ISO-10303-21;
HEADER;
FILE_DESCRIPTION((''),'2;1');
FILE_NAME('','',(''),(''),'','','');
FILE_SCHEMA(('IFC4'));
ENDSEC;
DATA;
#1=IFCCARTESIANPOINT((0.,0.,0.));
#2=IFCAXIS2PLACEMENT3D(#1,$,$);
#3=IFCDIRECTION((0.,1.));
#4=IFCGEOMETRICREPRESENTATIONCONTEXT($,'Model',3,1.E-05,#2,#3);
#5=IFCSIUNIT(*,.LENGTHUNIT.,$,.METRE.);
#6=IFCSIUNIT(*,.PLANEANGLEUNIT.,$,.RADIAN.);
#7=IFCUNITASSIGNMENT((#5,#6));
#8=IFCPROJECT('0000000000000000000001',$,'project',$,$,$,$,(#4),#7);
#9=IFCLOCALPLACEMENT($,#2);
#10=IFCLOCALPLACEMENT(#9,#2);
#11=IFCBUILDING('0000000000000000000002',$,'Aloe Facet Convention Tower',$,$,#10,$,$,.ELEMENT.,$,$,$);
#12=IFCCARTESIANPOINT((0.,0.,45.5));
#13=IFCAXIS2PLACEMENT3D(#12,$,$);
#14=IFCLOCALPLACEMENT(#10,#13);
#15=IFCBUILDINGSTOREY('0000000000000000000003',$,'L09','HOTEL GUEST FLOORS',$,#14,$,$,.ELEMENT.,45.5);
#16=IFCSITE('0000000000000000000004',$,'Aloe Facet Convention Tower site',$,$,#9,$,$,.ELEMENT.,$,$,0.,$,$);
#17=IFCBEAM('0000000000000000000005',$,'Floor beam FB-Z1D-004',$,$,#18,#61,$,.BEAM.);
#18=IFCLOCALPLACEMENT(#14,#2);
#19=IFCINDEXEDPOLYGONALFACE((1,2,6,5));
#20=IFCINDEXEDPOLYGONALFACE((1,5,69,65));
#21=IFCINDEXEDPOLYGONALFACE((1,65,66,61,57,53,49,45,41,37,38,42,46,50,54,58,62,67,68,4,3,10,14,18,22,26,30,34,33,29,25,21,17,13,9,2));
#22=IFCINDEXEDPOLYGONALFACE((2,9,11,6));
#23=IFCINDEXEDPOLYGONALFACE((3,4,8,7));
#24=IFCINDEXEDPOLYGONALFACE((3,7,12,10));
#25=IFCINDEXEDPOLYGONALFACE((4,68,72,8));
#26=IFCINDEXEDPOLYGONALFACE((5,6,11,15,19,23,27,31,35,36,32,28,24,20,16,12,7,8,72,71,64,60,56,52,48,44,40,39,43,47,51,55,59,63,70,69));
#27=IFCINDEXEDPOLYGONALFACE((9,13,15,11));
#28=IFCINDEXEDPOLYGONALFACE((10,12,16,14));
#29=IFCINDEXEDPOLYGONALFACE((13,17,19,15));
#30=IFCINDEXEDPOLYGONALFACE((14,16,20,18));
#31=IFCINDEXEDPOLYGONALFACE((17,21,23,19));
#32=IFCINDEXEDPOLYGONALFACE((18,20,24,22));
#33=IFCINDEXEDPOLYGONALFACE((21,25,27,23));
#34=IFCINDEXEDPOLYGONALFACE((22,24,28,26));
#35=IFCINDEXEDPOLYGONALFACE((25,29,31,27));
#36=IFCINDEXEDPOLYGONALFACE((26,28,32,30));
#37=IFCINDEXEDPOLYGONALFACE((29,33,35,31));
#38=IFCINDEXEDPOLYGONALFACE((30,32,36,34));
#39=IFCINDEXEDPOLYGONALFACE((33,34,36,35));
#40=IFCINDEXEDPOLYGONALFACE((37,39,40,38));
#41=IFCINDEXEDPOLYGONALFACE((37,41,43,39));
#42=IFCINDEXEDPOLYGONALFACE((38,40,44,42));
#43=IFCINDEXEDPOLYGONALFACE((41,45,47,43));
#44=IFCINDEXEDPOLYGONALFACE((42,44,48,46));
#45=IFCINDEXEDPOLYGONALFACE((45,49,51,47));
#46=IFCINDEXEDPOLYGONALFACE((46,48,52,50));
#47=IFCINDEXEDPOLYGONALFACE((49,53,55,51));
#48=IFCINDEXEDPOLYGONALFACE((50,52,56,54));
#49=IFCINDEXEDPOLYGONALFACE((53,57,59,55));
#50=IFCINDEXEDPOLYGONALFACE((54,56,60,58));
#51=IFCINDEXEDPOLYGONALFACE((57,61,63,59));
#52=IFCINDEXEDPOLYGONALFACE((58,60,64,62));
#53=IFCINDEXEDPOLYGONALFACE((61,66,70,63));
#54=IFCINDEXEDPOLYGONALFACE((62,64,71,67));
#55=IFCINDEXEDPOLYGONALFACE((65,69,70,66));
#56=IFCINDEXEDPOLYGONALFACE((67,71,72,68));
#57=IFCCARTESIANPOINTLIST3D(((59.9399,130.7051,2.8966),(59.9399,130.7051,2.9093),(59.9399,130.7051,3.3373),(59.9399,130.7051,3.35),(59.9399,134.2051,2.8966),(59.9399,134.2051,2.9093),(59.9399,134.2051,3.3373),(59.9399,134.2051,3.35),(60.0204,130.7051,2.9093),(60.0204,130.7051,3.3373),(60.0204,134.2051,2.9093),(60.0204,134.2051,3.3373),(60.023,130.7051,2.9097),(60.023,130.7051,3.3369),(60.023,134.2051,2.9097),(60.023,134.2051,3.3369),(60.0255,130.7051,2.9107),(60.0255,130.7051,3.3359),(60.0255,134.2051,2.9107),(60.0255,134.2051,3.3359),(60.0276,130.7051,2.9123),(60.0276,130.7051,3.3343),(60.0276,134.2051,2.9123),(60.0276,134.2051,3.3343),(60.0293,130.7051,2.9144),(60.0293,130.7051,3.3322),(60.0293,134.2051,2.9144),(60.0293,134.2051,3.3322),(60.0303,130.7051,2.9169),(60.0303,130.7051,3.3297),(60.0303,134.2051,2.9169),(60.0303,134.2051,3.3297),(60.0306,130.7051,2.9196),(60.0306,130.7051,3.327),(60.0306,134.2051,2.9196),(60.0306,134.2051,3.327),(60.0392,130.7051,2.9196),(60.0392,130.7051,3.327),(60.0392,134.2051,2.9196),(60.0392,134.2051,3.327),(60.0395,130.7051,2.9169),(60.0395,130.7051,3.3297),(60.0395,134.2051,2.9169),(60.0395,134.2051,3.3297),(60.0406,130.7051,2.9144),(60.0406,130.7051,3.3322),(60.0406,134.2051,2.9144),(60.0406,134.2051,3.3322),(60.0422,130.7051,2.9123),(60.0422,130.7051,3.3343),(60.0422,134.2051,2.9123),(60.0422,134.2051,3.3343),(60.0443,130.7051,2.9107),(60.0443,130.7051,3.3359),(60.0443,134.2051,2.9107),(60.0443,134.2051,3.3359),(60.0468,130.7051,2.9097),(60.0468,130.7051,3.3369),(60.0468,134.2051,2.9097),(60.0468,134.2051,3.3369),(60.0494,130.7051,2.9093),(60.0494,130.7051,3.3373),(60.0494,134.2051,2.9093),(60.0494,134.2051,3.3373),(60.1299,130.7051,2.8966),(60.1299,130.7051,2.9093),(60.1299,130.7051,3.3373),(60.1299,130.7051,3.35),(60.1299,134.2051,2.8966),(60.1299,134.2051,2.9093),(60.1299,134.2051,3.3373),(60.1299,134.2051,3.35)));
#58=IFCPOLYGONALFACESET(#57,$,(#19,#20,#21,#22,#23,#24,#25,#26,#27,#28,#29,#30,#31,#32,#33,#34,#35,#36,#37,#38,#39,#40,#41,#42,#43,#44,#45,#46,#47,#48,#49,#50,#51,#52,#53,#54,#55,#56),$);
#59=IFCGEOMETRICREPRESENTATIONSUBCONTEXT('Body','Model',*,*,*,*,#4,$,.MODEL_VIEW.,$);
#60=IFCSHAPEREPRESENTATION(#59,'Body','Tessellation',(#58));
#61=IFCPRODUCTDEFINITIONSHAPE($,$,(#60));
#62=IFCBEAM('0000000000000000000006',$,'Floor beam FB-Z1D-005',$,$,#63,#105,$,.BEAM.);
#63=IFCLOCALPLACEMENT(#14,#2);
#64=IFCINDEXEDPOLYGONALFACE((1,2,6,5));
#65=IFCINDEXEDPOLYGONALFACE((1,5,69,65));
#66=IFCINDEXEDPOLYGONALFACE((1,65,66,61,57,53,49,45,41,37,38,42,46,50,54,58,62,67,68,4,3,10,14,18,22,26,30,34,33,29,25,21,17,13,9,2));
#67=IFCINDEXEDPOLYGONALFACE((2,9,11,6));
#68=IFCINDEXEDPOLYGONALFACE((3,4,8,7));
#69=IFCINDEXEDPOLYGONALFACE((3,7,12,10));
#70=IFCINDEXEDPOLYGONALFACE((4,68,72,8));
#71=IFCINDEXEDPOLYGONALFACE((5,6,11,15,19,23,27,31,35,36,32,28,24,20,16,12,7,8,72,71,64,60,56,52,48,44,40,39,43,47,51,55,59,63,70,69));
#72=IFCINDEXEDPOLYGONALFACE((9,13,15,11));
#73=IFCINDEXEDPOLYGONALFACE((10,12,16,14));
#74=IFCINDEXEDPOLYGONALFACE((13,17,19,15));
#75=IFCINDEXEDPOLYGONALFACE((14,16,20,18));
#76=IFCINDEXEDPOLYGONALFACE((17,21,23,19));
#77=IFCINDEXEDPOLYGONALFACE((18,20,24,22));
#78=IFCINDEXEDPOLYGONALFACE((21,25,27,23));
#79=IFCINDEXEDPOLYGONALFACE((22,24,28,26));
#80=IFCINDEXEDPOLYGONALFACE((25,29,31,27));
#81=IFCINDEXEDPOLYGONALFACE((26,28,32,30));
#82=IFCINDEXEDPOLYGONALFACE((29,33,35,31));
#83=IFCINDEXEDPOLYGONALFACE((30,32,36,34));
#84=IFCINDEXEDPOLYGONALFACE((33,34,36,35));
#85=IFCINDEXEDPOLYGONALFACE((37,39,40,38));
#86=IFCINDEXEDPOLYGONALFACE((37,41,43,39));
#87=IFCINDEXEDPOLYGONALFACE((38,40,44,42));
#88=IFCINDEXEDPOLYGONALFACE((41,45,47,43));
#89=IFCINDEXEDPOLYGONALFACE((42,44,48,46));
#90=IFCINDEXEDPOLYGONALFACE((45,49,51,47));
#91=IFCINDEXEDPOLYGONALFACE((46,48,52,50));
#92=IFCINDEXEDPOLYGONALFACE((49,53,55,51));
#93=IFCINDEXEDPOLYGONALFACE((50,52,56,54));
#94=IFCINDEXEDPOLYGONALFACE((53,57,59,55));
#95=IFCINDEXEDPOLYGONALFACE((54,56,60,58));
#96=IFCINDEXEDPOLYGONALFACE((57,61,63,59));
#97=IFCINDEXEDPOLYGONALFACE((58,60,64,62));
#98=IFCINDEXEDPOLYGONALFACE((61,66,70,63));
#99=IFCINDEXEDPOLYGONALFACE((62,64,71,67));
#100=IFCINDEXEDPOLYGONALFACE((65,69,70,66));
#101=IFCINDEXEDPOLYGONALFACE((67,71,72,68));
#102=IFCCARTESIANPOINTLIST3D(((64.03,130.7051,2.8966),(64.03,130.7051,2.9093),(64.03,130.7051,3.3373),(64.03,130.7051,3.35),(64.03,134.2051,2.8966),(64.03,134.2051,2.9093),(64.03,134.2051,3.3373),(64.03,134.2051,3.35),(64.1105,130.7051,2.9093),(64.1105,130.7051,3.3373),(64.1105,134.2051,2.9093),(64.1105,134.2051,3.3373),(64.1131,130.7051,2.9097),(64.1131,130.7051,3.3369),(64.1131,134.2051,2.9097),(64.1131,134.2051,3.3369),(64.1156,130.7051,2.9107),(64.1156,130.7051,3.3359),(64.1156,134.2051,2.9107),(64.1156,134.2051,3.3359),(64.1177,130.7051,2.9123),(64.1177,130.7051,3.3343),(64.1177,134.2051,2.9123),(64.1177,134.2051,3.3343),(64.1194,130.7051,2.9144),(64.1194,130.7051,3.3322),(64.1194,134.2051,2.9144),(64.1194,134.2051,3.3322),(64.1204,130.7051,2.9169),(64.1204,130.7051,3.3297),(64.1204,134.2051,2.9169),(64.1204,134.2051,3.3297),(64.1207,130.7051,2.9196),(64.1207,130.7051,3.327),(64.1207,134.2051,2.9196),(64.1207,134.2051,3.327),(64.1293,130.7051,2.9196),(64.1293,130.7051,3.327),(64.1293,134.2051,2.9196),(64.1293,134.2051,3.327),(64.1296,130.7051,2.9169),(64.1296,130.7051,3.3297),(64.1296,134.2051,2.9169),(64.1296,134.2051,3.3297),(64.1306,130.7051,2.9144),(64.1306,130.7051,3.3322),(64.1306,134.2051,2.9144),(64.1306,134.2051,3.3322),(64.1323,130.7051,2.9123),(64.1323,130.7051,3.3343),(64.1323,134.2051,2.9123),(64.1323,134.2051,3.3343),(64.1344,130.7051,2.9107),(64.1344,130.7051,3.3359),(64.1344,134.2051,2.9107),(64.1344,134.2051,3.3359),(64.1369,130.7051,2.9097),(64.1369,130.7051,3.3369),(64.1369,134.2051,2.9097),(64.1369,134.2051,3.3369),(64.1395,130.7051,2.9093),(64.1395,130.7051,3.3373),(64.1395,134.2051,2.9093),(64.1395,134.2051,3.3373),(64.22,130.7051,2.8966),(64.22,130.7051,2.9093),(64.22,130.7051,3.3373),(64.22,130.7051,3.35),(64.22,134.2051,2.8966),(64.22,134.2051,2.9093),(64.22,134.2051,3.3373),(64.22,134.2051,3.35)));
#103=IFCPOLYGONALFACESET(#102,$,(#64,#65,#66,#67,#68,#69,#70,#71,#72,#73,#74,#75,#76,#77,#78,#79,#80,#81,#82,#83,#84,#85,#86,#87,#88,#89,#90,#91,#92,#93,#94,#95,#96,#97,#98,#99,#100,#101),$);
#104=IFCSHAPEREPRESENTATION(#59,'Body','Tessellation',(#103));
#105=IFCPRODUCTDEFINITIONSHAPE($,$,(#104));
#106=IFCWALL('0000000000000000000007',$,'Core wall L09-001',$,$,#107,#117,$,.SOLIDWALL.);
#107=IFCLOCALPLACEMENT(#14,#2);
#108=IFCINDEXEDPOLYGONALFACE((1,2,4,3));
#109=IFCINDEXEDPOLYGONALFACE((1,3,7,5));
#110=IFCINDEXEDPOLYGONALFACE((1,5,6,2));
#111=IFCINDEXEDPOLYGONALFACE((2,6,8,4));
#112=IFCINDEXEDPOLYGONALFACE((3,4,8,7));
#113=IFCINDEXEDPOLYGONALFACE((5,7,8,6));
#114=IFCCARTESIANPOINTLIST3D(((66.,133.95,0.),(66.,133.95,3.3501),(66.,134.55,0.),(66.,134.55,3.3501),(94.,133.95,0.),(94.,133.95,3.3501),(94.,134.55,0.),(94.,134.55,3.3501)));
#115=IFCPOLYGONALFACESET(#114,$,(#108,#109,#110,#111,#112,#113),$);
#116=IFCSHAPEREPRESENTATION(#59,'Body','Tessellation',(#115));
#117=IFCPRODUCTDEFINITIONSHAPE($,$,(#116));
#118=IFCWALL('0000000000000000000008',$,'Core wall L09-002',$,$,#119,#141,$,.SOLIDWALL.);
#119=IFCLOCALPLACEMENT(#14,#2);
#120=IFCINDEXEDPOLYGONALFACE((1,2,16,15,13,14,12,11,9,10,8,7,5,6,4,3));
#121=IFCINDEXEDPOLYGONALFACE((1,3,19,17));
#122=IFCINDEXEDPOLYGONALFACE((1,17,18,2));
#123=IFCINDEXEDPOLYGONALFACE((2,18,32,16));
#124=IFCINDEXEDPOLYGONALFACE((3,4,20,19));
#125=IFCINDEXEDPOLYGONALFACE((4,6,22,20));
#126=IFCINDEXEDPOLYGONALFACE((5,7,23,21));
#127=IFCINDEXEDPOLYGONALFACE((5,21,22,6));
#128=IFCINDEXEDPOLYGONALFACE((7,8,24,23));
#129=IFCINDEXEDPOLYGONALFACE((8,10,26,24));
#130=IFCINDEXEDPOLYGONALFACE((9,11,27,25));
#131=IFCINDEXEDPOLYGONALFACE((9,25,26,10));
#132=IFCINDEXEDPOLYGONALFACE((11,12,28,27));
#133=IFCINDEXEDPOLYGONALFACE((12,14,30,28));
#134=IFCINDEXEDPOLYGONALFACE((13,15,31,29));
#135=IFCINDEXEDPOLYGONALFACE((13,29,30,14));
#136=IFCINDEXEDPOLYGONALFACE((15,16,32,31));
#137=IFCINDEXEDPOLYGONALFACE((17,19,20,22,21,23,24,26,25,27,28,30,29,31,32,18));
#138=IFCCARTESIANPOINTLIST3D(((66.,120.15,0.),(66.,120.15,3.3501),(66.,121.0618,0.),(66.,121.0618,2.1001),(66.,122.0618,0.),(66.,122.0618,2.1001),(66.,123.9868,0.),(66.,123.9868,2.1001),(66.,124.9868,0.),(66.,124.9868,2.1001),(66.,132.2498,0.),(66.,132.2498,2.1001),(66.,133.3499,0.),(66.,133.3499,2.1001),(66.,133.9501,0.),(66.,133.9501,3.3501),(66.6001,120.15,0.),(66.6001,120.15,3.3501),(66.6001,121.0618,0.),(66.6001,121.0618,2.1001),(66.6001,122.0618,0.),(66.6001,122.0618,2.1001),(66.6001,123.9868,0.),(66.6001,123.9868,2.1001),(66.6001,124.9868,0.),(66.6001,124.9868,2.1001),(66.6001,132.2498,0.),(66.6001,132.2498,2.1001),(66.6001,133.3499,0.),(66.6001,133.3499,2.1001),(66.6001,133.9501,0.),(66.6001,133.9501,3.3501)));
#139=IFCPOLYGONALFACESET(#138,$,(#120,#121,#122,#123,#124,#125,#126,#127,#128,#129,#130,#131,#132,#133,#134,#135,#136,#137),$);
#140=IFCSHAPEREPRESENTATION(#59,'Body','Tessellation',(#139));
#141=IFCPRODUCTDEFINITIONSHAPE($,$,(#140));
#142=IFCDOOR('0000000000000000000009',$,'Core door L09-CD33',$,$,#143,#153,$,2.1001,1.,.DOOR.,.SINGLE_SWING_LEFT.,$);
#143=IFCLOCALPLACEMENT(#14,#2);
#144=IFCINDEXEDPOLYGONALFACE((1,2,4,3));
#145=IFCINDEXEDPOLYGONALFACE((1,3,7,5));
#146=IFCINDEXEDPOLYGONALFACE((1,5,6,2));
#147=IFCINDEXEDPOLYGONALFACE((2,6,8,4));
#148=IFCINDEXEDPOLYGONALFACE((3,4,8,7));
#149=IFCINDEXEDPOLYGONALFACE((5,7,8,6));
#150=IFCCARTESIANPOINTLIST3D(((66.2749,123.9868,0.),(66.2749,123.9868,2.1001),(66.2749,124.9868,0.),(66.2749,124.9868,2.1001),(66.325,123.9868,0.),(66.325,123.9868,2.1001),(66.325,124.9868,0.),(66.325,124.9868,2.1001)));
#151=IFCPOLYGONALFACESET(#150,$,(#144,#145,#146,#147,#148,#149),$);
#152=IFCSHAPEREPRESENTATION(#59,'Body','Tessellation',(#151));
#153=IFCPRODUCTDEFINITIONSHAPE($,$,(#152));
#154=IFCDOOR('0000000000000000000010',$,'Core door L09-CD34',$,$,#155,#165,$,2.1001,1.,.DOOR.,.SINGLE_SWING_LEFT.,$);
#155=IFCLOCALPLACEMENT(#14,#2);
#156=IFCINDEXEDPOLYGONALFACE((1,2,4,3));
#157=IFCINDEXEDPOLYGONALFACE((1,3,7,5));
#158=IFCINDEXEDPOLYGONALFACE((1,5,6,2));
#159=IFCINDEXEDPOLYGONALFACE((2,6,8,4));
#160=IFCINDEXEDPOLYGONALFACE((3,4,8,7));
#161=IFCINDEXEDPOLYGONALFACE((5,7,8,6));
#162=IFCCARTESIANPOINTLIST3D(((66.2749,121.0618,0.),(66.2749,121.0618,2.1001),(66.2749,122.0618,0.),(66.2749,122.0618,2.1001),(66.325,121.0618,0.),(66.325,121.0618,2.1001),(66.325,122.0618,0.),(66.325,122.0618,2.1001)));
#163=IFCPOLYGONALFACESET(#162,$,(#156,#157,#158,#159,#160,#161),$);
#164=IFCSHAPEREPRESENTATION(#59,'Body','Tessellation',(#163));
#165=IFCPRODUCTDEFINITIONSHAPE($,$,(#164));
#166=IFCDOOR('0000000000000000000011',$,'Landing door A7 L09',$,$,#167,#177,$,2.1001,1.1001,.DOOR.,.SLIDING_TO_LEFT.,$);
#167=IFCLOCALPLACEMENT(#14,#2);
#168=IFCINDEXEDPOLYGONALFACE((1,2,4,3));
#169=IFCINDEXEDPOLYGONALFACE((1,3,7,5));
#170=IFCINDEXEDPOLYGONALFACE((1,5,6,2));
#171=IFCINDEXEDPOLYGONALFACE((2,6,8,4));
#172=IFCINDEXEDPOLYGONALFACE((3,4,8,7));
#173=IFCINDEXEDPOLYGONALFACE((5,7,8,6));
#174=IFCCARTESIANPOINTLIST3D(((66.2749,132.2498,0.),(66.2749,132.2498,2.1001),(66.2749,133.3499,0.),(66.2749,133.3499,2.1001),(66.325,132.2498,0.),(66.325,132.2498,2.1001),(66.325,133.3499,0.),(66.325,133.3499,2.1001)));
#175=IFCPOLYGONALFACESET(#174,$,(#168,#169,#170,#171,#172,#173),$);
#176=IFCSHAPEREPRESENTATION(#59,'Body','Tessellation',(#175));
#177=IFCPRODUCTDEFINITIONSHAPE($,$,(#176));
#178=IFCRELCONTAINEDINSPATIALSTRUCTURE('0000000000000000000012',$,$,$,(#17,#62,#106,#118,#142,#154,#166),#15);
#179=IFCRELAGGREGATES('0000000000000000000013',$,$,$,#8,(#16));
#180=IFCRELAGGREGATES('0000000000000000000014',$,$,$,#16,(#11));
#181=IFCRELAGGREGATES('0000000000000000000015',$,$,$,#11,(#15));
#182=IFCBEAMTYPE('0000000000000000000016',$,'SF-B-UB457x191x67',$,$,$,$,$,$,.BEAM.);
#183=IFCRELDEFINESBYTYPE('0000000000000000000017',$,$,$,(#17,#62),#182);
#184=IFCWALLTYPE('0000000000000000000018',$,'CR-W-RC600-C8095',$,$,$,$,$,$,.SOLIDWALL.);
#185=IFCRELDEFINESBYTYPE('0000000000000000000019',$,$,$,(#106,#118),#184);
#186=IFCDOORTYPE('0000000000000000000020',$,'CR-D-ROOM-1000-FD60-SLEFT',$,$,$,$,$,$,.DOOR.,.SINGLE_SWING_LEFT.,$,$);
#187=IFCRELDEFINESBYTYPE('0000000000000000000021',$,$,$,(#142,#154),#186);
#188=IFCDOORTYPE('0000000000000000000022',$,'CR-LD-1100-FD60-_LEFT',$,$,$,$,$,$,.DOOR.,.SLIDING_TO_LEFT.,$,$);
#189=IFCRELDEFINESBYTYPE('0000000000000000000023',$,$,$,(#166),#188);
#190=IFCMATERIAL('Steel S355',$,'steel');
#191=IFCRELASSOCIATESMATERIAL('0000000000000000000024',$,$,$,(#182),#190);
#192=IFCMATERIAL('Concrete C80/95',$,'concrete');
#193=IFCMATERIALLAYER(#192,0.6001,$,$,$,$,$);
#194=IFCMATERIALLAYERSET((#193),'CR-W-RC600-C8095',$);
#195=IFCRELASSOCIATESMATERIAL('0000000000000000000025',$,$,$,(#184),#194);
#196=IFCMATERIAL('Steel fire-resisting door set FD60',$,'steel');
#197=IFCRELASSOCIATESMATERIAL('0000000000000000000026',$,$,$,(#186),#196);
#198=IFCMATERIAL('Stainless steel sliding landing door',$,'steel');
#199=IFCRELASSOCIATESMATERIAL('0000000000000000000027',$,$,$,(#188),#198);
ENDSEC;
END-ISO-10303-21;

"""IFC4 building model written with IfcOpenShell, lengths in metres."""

from ifc_helpers import new_model, si_unit, direction, frame, frame_2d, origin, origin_2d, place, context, subcontext, project, spatial, rectangle, i_section, extrude, material, layer, layer_set, material_profile, profile_set, type_object, element, fill, save


model = new_model("IFC4")

# Units and contexts
model_context = context("Model", 3, precision=1e-05, world=origin(), true_north=direction((0.0, 1.0)))
body_context = subcontext(model_context, "Body", "Model", "MODEL_VIEW")
ifc_project = project(units=[si_unit("LENGTHUNIT", "METRE"), si_unit("PLANEANGLEUNIT", "RADIAN")], contexts=[model_context])

# Site, building, storey
site_placement = place(None, origin())
site = spatial("IfcSite", under=ifc_project, at=site_placement, Name="Aloe Facet Convention Tower site", CompositionType="ELEMENT", RefElevation=0.0)
building_placement = place(site_placement, origin())
building = spatial("IfcBuilding", under=site, at=building_placement, Name="Aloe Facet Convention Tower", CompositionType="ELEMENT")
storey_placement = place(building_placement, frame((0.0, 0.0, 45.5)))
storey = spatial("IfcBuildingStorey", under=building, at=storey_placement, Name="L09", Description="HOTEL GUEST FLOORS", CompositionType="ELEMENT", Elevation=45.5)

# Beams
ifc_material_1 = material(Name="Steel S355", Category="steel")
ifc_material_profile = material_profile(ifc_material_1, i_section(OverallWidth=0.1899, OverallDepth=0.4534, WebThickness=0.0085, FlangeThickness=0.0127, FilletRadius=0.0103, at=origin_2d()), Name="UB 457x191x67")
ifc_profile_set = profile_set([ifc_material_profile], Name="Steel S355")
beam_type = type_object("IfcBeamType", Name="SF-B-UB457x191x67", PredefinedType="BEAM", material=ifc_profile_set)
for number, where, z_axis, x_axis, name in (
    (1, (60.0349, 134.2051, 3.1233), (0.0, -1.0, 0.0), (1.0, 0.0, 0.0), "Floor beam FB-Z1D-004"),
    (2, (64.125, 130.7051, 3.1233), (0.0, 1.0, 0.0), (-1.0, 0.0, 0.0), "Floor beam FB-Z1D-005"),
):
    element("IfcBeam", number, at=place(storey_placement, frame(where, z_axis=z_axis, x_axis=x_axis)), inside=storey, type_object=beam_type, Name=name, PredefinedType="BEAM", context=body_context, shape_type="SweptSolid", body=[
        extrude(i_section(OverallWidth=0.1899, OverallDepth=0.4534, WebThickness=0.0085, FlangeThickness=0.0127, FilletRadius=0.0103, at=origin_2d()), origin(), (0.0, 0.0, 1.0), 3.5),
    ])

# Wall
ifc_material_2 = material(Name="Concrete C80/95", Category="concrete")
ifc_layer_1 = layer(ifc_material_2, 0.6001)
ifc_layer_set_1 = layer_set([ifc_layer_1], Name="CR-W-RC600-C8095")
wall_type_1 = type_object("IfcWallType", Name="CR-W-RC600-C8095", PredefinedType="SOLIDWALL", material=ifc_layer_set_1)
wall_1_placement = place(storey_placement, frame((66.0, 134.25, 0.0), z_axis=(0.0, 0.0, 1.0), x_axis=(1.0, 0.0, 0.0)))
element("IfcWall", 3, at=wall_1_placement, inside=storey, type_object=wall_type_1, Name="Core wall L09-001", PredefinedType="SOLIDWALL", context=body_context, shape_type="SweptSolid", body=[
    extrude(rectangle(XDim=28.0, YDim=0.6001, at=frame_2d((14.0, 0.0))), origin(), (0.0, 0.0, 1.0), 3.3501),
])

# Wall, openings, doors
wall_2_placement = place(storey_placement, frame((66.3, 133.95, 0.0), z_axis=(0.0, 0.0, 1.0), x_axis=(0.0, -1.0, 0.0)))
wall_2 = element("IfcWall", 4, at=wall_2_placement, inside=storey, type_object=wall_type_1, Name="Core wall L09-002", PredefinedType="SOLIDWALL", context=body_context, shape_type="SweptSolid", body=[
    extrude(rectangle(XDim=13.8, YDim=0.6001, at=frame_2d((6.8999, 0.0))), origin(), (0.0, 0.0, 1.0), 3.3501),
])
opening_1_placement = place(wall_2_placement, frame((0.6001, 0.0, 0.0)))
opening_1 = element("IfcOpeningElement", 5, at=opening_1_placement, cuts=wall_2, PredefinedType="OPENING", context=body_context, shape_type="SweptSolid", body=[
    extrude(rectangle(XDim=1.1001, YDim=2.1001, at=frame_2d((0.55, 1.05))), frame((0.0, 0.3101, 0.0), z_axis=(0.0, -1.0, 0.0), x_axis=(1.0, 0.0, 0.0)), (0.0, 0.0, 1.0), 0.6201),
])
opening_2_placement = place(wall_2_placement, frame((8.9631, 0.0, 0.0)))
opening_2 = element("IfcOpeningElement", 6, at=opening_2_placement, cuts=wall_2, PredefinedType="OPENING", context=body_context, shape_type="SweptSolid", body=[
    extrude(rectangle(XDim=1.0, YDim=2.1001, at=frame_2d((0.5, 1.05))), frame((0.0, 0.3101, 0.0), z_axis=(0.0, -1.0, 0.0), x_axis=(1.0, 0.0, 0.0)), (0.0, 0.0, 1.0), 0.6201),
])
opening_3_placement = place(wall_2_placement, frame((11.8882, 0.0, 0.0)))
opening_3 = element("IfcOpeningElement", 7, at=opening_3_placement, cuts=wall_2, PredefinedType="OPENING", context=body_context, shape_type="SweptSolid", body=[
    extrude(rectangle(XDim=1.0, YDim=2.1001, at=frame_2d((0.5, 1.05))), frame((0.0, 0.3101, 0.0), z_axis=(0.0, -1.0, 0.0), x_axis=(1.0, 0.0, 0.0)), (0.0, 0.0, 1.0), 0.6201),
])
ifc_material_3 = material(Name="Steel fire-resisting door set FD60", Category="steel")
door_type_1 = type_object("IfcDoorType", Name="CR-D-ROOM-1000-FD60-SLEFT", OperationType="SINGLE_SWING_LEFT", PredefinedType="DOOR", material=ifc_material_3)
door_1_placement = place(opening_2_placement, origin())
door_1 = element("IfcDoor", 8, at=door_1_placement, inside=storey, type_object=door_type_1, Name="Core door L09-CD33", OperationType="SINGLE_SWING_LEFT", OverallHeight=2.1001, OverallWidth=1.0, PredefinedType="DOOR", context=body_context, shape_type="SweptSolid", body=[
    extrude(rectangle(XDim=1.0, YDim=2.1001, at=frame_2d((0.5, 1.05))), frame((0.0, 0.0249, 0.0), z_axis=(0.0, -1.0, 0.0), x_axis=(1.0, 0.0, 0.0)), (0.0, 0.0, 1.0), 0.05),
])
fill(opening_2, door_1)
door_2_placement = place(opening_3_placement, origin())
door_2 = element("IfcDoor", 9, at=door_2_placement, inside=storey, type_object=door_type_1, Name="Core door L09-CD34", OperationType="SINGLE_SWING_LEFT", OverallHeight=2.1001, OverallWidth=1.0, PredefinedType="DOOR", context=body_context, shape_type="SweptSolid", body=[
    extrude(rectangle(XDim=1.0, YDim=2.1001, at=frame_2d((0.5, 1.05))), frame((0.0, 0.0249, 0.0), z_axis=(0.0, -1.0, 0.0), x_axis=(1.0, 0.0, 0.0)), (0.0, 0.0, 1.0), 0.05),
])
fill(opening_3, door_2)
ifc_material_4 = material(Name="Stainless steel sliding landing door", Category="steel")
door_type_2 = type_object("IfcDoorType", Name="CR-LD-1100-FD60-_LEFT", OperationType="SLIDING_TO_LEFT", PredefinedType="DOOR", material=ifc_material_4)
door_3_placement = place(opening_1_placement, origin())
door_3 = element("IfcDoor", 10, at=door_3_placement, inside=storey, type_object=door_type_2, Name="Landing door A7 L09", OperationType="SLIDING_TO_LEFT", OverallHeight=2.1001, OverallWidth=1.1001, PredefinedType="DOOR", context=body_context, shape_type="SweptSolid", body=[
    extrude(rectangle(XDim=1.1001, YDim=2.1001, at=frame_2d((0.55, 1.05))), frame((0.0, 0.0249, 0.0), z_axis=(0.0, -1.0, 0.0), x_axis=(1.0, 0.0, 0.0)), (0.0, 0.0, 1.0), 0.05),
])
fill(opening_1, door_3)

save(model, "model.ifc")
